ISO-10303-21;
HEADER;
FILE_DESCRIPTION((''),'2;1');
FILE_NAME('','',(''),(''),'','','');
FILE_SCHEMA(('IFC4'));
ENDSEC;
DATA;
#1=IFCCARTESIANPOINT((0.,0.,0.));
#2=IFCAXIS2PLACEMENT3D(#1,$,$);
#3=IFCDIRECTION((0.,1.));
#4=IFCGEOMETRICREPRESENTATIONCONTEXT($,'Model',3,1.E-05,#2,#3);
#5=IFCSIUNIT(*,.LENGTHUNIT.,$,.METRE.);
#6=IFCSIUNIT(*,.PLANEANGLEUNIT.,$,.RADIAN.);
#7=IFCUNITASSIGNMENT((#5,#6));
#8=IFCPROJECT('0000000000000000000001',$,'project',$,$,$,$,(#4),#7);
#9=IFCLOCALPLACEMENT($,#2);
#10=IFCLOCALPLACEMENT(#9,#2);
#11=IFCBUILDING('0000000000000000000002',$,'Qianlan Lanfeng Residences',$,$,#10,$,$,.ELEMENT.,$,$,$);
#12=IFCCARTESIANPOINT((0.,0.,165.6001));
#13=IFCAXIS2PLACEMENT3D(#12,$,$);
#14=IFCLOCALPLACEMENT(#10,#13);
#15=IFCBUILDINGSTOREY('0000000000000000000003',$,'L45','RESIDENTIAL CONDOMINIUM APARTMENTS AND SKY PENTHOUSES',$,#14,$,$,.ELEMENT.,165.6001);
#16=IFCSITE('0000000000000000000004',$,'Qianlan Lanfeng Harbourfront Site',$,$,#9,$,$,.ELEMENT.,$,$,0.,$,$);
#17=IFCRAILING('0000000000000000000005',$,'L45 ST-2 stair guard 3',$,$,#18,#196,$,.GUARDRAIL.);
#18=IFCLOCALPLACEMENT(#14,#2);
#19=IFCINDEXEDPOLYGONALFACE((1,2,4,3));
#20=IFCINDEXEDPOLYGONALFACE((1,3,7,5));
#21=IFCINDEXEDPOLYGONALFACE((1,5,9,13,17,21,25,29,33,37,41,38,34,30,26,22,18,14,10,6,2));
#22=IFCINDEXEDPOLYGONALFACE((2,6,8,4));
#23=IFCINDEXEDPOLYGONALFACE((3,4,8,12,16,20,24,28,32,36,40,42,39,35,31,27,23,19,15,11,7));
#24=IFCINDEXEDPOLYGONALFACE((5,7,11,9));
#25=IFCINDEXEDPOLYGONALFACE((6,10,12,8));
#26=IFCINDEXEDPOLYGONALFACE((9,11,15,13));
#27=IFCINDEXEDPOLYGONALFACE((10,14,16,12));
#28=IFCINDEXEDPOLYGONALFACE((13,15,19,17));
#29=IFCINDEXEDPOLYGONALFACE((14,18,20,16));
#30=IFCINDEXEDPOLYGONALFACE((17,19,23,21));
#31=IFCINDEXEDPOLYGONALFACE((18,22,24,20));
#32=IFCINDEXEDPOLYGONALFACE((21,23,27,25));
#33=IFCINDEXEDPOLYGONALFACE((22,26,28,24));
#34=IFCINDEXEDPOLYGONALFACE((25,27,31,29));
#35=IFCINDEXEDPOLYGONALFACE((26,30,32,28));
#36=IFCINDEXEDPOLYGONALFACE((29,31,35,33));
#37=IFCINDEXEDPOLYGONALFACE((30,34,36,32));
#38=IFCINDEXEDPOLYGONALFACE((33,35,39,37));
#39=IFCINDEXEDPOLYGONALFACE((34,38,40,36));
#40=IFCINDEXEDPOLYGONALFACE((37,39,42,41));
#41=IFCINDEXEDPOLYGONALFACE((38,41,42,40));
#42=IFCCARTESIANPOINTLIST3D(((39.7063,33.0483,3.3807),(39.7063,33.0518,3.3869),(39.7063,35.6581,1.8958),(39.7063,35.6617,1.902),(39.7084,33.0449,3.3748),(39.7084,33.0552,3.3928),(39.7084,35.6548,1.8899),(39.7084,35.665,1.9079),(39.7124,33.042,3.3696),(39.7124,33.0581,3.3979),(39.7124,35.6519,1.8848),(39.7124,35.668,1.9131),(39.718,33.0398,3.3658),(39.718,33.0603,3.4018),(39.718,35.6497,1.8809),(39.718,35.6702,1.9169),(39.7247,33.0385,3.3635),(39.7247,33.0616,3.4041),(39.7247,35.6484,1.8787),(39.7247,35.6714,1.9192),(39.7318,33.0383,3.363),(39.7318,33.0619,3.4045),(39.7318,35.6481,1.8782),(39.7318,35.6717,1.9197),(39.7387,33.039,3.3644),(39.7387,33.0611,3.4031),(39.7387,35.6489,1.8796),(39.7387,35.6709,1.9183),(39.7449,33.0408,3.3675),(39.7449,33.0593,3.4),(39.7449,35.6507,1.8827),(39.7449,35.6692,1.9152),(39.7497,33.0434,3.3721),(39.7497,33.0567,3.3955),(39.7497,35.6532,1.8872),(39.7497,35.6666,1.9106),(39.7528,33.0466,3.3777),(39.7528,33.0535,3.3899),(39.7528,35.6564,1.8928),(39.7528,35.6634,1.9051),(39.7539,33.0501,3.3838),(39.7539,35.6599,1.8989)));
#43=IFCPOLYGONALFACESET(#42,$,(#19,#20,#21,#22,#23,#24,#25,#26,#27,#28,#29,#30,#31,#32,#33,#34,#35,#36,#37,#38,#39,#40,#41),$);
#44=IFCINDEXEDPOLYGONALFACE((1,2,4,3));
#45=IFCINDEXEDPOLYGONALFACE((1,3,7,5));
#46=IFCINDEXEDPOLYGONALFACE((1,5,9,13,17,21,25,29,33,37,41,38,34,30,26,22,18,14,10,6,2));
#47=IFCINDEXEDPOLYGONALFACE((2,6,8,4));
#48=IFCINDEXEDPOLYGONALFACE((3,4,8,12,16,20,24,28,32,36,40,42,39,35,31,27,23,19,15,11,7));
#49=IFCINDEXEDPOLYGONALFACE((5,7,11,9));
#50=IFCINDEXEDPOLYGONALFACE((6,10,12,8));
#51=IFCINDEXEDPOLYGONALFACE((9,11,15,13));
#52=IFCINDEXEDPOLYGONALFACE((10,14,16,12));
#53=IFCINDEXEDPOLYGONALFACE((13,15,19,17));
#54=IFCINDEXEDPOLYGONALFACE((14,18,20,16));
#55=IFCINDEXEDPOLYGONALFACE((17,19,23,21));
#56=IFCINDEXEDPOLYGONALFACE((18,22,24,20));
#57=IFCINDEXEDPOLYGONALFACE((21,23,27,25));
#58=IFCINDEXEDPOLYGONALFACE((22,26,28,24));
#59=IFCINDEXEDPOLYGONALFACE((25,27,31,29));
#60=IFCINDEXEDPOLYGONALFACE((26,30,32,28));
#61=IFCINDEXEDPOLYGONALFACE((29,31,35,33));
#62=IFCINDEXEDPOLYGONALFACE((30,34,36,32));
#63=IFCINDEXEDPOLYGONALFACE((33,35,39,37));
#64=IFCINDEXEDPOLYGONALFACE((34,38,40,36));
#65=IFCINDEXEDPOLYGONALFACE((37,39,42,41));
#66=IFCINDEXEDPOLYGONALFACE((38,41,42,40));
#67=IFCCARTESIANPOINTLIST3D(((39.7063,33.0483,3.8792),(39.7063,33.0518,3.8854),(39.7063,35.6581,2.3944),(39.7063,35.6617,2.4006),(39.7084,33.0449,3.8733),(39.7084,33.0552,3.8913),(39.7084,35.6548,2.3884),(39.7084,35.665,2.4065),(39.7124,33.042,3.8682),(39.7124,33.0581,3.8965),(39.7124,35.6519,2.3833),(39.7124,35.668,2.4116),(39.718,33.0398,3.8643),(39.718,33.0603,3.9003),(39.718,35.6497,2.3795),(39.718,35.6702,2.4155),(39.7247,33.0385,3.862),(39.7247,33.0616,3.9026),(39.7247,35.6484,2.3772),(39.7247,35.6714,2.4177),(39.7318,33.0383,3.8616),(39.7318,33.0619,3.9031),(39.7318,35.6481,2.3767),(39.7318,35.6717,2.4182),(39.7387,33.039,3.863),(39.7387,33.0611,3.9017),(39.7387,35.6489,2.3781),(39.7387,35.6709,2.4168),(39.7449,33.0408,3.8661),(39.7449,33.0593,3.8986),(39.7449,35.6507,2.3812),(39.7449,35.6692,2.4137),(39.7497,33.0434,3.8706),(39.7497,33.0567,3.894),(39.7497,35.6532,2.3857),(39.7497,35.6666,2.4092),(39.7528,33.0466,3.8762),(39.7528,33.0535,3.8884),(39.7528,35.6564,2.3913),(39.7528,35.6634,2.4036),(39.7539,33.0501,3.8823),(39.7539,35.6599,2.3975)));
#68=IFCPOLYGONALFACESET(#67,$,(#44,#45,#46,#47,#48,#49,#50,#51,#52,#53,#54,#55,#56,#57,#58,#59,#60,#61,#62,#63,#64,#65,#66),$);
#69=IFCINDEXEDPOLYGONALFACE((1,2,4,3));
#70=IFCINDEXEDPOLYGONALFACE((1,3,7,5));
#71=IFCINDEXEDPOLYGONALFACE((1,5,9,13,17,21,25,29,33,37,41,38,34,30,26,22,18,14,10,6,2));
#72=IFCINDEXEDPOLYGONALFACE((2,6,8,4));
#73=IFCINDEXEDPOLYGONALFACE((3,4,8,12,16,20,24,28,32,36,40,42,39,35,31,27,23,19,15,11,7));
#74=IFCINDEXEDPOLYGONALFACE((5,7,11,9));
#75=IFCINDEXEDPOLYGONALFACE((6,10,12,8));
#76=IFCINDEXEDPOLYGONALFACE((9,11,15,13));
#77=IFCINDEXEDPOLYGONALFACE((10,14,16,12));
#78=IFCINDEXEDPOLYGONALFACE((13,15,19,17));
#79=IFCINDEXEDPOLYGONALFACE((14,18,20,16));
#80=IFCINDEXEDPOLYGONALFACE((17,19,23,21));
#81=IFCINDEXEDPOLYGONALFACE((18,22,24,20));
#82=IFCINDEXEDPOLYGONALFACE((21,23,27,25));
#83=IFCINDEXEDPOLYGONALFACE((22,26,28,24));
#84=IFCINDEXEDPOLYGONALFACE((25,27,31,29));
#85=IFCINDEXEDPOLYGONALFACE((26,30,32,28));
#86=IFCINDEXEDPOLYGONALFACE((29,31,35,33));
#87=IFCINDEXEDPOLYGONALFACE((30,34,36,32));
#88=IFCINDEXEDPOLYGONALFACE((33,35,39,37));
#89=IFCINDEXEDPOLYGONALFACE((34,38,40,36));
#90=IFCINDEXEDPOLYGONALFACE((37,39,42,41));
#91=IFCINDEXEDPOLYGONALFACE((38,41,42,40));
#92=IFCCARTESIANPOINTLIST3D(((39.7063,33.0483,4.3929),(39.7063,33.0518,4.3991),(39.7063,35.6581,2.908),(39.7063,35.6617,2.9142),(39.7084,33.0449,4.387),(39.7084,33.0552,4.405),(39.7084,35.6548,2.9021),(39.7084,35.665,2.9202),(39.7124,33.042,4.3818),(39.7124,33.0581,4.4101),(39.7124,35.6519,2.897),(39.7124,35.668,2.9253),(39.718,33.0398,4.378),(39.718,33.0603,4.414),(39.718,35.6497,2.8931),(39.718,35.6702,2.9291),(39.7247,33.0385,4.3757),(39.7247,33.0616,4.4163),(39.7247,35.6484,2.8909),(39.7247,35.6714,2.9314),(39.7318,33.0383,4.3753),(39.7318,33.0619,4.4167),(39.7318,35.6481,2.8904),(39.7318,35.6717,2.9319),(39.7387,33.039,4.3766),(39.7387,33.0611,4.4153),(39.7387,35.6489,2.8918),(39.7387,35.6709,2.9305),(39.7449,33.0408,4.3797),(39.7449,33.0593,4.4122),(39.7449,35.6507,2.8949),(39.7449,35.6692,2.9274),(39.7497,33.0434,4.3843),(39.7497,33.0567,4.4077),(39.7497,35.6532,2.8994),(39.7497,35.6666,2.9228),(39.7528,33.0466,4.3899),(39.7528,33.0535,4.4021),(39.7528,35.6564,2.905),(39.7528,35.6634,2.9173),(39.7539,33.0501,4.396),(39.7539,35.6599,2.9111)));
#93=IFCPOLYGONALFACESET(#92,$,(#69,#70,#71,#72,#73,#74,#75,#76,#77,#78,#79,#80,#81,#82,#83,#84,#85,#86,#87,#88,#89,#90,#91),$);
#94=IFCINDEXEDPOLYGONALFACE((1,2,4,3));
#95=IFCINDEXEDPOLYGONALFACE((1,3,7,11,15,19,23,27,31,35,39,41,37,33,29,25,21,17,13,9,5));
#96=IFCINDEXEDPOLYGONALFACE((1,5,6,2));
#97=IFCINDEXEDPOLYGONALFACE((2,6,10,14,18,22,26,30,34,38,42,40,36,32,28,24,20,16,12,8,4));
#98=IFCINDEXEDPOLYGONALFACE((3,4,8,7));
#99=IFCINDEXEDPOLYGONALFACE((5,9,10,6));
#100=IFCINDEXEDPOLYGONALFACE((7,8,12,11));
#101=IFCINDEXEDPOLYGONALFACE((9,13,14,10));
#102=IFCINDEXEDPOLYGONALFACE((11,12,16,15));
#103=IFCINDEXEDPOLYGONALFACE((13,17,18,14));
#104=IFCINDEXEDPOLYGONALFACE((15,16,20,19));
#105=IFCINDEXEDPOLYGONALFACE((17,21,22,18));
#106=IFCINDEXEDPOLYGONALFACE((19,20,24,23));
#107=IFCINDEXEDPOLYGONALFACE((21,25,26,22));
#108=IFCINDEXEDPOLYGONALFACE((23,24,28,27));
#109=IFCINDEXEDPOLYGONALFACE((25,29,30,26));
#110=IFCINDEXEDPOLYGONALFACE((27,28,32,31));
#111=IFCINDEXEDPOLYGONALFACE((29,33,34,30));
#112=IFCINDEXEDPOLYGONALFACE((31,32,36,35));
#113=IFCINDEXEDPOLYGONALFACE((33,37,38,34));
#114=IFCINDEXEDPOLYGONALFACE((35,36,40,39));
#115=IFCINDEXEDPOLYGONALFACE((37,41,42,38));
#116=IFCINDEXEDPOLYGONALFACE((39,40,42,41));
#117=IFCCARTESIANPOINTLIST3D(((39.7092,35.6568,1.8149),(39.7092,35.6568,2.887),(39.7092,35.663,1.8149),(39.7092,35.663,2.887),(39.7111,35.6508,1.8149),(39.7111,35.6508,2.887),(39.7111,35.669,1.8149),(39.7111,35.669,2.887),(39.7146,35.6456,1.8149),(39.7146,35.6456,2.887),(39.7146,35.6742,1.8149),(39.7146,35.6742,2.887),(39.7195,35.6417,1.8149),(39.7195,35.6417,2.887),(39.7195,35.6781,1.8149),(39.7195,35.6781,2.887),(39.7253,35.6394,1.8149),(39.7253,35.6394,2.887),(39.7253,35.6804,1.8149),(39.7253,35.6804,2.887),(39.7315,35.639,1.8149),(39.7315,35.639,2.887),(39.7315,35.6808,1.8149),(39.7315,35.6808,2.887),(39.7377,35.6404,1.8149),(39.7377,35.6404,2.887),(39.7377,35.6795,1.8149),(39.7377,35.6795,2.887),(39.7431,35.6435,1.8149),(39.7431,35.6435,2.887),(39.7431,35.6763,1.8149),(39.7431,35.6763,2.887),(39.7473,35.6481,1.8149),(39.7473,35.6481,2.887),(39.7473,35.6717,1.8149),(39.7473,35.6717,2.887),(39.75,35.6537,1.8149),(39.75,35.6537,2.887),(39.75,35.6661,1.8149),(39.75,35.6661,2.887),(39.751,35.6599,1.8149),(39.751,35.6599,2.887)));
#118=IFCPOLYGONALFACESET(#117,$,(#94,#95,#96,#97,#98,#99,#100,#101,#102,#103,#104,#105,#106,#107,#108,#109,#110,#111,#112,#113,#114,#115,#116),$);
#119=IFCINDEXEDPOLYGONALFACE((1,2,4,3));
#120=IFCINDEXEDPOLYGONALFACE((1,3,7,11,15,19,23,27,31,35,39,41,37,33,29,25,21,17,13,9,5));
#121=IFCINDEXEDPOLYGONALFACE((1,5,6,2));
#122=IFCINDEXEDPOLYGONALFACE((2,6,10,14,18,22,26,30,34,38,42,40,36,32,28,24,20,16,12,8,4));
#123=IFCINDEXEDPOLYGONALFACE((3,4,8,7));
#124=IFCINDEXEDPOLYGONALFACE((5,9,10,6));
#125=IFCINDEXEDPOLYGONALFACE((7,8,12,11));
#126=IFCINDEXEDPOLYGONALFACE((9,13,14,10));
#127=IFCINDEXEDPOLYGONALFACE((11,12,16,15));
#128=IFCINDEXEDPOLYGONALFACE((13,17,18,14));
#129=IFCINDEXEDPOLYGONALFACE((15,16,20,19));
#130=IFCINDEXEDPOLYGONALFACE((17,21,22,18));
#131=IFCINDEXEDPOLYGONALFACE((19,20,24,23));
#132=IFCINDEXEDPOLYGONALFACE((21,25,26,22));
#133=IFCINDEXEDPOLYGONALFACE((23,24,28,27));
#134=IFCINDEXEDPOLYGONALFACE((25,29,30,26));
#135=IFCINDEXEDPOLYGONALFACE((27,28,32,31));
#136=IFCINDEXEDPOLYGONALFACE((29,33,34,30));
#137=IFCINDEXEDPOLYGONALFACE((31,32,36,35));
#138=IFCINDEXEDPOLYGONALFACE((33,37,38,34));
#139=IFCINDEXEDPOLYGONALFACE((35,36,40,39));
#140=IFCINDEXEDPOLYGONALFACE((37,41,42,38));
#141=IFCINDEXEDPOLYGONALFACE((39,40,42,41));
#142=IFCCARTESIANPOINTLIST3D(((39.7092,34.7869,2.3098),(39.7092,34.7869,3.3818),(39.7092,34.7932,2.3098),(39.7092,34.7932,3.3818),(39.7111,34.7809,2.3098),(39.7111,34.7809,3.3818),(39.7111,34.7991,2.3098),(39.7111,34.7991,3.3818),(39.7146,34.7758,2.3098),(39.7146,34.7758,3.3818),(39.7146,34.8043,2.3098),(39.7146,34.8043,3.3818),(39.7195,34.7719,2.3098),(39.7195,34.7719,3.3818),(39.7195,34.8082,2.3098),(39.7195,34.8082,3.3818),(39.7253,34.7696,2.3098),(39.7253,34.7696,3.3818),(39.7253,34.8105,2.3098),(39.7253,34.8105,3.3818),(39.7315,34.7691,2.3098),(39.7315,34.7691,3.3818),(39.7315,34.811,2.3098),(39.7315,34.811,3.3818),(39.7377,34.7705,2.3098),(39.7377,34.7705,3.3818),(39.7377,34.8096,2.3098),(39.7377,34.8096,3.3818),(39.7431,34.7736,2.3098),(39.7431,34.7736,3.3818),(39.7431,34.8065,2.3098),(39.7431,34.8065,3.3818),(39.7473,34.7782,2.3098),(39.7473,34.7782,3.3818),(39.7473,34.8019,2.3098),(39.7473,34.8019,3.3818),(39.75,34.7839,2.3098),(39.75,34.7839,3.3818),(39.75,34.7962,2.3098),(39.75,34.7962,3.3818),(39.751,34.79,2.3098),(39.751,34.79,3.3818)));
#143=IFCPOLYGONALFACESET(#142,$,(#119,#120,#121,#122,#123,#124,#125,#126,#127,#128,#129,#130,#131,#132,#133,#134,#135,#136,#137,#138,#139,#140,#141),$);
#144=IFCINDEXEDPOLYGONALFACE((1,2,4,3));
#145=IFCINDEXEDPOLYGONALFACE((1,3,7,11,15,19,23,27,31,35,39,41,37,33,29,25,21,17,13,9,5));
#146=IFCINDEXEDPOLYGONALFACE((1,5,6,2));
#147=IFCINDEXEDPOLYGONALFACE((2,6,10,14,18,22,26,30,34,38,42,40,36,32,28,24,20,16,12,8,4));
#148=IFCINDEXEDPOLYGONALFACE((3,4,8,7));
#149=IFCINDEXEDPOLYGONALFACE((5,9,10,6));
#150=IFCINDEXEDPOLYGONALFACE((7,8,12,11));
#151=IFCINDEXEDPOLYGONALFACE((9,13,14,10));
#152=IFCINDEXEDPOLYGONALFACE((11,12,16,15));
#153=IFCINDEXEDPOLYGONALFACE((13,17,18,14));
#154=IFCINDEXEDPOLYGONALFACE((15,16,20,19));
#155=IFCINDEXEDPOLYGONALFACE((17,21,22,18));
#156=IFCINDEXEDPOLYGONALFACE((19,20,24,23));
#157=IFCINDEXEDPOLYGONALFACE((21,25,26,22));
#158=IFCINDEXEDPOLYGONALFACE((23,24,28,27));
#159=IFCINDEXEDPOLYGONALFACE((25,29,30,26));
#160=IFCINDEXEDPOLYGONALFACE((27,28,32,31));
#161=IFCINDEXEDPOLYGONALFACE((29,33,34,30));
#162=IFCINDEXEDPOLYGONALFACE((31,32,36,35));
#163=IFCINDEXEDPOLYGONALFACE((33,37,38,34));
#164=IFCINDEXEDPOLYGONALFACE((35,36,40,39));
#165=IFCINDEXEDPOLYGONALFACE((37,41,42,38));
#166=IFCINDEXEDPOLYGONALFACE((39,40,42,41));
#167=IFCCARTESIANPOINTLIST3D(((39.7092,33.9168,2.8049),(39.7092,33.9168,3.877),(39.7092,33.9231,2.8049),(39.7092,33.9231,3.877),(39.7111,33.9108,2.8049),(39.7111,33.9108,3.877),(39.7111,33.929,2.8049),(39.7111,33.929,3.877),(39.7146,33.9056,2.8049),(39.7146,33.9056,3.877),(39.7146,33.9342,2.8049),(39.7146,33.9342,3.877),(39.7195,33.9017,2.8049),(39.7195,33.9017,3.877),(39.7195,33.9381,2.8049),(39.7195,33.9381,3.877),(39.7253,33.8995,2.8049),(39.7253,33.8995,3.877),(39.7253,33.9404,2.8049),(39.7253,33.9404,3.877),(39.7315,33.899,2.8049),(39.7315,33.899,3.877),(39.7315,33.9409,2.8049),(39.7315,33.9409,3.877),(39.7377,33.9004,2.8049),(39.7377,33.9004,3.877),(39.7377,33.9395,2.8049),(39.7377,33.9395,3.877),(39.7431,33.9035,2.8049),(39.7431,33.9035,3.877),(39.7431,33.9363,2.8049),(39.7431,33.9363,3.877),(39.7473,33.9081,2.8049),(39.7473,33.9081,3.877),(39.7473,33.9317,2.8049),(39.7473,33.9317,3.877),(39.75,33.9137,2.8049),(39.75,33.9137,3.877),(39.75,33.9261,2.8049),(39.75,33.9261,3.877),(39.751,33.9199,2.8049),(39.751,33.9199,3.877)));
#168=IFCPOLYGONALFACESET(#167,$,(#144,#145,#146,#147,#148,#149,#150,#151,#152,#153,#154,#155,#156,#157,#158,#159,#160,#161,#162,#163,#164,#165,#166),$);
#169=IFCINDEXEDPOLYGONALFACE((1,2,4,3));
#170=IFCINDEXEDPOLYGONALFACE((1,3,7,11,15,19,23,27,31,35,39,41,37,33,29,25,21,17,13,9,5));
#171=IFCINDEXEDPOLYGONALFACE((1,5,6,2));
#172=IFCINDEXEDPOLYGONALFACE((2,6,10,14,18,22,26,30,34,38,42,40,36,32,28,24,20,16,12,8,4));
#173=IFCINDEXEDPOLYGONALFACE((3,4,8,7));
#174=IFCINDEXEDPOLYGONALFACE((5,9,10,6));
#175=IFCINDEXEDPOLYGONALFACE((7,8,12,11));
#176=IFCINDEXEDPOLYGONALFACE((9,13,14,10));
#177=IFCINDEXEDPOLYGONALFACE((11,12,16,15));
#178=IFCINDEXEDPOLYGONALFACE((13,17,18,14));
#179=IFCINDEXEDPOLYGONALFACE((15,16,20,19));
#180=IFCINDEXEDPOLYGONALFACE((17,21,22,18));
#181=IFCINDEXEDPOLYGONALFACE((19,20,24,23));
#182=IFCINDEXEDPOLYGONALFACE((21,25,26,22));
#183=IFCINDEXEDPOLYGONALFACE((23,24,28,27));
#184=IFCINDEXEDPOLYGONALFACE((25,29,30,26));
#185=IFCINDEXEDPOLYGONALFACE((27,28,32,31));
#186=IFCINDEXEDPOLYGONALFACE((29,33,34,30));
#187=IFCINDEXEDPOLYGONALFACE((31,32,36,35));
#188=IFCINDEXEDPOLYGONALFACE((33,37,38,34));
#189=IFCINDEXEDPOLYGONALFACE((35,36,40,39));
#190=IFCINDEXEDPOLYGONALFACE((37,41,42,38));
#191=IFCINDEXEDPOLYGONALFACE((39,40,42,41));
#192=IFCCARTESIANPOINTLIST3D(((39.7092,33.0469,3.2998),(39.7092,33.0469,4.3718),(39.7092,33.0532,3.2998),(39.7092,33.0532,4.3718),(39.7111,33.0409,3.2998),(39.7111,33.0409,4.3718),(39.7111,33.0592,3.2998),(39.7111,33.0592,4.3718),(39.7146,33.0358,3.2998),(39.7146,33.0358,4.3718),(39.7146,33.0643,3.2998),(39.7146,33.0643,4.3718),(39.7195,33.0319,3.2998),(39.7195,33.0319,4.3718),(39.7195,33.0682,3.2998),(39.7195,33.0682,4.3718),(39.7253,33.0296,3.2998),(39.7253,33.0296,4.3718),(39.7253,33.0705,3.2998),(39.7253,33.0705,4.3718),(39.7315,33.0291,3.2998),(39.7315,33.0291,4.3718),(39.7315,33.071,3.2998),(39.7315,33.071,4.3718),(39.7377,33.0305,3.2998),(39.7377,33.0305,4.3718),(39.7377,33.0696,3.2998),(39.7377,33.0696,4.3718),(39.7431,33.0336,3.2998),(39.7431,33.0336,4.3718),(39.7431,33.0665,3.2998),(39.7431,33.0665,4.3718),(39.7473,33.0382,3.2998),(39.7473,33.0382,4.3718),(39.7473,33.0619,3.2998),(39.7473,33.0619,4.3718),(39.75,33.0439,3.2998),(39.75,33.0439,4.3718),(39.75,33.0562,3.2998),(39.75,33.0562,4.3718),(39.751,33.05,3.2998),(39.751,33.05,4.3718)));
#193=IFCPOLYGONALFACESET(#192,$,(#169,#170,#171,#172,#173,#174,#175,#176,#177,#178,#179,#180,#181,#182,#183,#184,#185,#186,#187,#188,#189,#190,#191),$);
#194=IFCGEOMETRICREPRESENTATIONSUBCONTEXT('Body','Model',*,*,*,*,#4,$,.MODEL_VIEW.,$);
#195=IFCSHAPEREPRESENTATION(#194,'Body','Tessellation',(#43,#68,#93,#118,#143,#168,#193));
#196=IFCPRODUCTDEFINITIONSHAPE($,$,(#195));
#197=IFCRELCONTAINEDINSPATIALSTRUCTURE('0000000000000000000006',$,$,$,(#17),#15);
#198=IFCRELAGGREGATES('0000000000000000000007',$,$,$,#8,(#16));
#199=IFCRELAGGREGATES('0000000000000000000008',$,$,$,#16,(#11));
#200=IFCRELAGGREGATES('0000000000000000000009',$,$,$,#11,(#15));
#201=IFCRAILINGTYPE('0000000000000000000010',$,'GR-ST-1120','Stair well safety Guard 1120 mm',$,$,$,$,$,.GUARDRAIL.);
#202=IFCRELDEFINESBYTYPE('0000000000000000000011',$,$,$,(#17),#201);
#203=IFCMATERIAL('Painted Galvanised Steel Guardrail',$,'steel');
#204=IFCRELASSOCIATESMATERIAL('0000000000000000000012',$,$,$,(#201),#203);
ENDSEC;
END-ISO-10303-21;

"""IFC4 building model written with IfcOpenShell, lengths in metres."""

from ifc_helpers import new_model, si_unit, direction, frame, origin, origin_2d, place, context, subcontext, project, spatial, circle, extrude, material, type_object, element, save


model = new_model("IFC4")

# Units and contexts
model_context = context("Model", 3, precision=1e-05, world=origin(), true_north=direction((0.0, 1.0)))
body_context = subcontext(model_context, "Body", "Model", "MODEL_VIEW")
ifc_project = project(units=[si_unit("LENGTHUNIT", "METRE"), si_unit("PLANEANGLEUNIT", "RADIAN")], contexts=[model_context])

# Site, building, storey
site_placement = place(None, origin())
site = spatial("IfcSite", under=ifc_project, at=site_placement, Name="Qianlan Lanfeng Harbourfront Site", CompositionType="ELEMENT", RefElevation=0.0)
building_placement = place(site_placement, origin())
building = spatial("IfcBuilding", under=site, at=building_placement, Name="Qianlan Lanfeng Residences", CompositionType="ELEMENT")
storey_placement = place(building_placement, frame((0.0, 0.0, 165.6001)))
storey = spatial("IfcBuildingStorey", under=building, at=storey_placement, Name="L45", Description="RESIDENTIAL CONDOMINIUM APARTMENTS AND SKY PENTHOUSES", CompositionType="ELEMENT", Elevation=165.6001)

# Railing
ifc_material_1 = material(Name="Painted Galvanised Steel Guardrail", Category="steel")
railing_type_1 = type_object("IfcRailingType", Name="GR-ST-1120", Description="Stair well safety Guard 1120 mm", PredefinedType="GUARDRAIL", material=ifc_material_1)
railing_1_placement = place(storey_placement, frame((39.73, 35.6599, 1.8149)))
element("IfcRailing", 1, at=railing_1_placement, inside=storey, type_object=railing_type_1, Name="L45 ST-2 stair guard 3", PredefinedType="GUARDRAIL", context=body_context, shape_type="SweptSolid", body=[
    extrude(circle(Radius=0.0239, at=origin_2d()), frame((0.0, 0.0, 0.084), z_axis=(0.0, -0.869172, 0.494509), x_axis=(1.0, 0.0, 0.0)), (0.0, 0.0, 1.0), 3.0027),
    extrude(circle(Radius=0.0239, at=origin_2d()), frame((0.0, 0.0, 0.5825), z_axis=(0.0, -0.869172, 0.494509), x_axis=(1.0, 0.0, 0.0)), (0.0, 0.0, 1.0), 3.0027),
    extrude(circle(Radius=0.0239, at=origin_2d()), frame((0.0, 0.0, 1.0962), z_axis=(0.0, -0.869172, 0.494509), x_axis=(1.0, 0.0, 0.0)), (0.0, 0.0, 1.0), 3.0027),
    extrude(circle(Radius=0.021, at=origin_2d()), origin(), (0.0, 0.0, 1.0), 1.072),
    extrude(circle(Radius=0.021, at=origin_2d()), frame((0.0, -0.8699, 0.4949)), (0.0, 0.0, 1.0), 1.072),
    extrude(circle(Radius=0.021, at=origin_2d()), frame((0.0, -1.74, 0.99)), (0.0, 0.0, 1.0), 1.072),
    extrude(circle(Radius=0.021, at=origin_2d()), frame((0.0, -2.6099, 1.4849)), (0.0, 0.0, 1.0), 1.072),
])

save(model, "model.ifc")
